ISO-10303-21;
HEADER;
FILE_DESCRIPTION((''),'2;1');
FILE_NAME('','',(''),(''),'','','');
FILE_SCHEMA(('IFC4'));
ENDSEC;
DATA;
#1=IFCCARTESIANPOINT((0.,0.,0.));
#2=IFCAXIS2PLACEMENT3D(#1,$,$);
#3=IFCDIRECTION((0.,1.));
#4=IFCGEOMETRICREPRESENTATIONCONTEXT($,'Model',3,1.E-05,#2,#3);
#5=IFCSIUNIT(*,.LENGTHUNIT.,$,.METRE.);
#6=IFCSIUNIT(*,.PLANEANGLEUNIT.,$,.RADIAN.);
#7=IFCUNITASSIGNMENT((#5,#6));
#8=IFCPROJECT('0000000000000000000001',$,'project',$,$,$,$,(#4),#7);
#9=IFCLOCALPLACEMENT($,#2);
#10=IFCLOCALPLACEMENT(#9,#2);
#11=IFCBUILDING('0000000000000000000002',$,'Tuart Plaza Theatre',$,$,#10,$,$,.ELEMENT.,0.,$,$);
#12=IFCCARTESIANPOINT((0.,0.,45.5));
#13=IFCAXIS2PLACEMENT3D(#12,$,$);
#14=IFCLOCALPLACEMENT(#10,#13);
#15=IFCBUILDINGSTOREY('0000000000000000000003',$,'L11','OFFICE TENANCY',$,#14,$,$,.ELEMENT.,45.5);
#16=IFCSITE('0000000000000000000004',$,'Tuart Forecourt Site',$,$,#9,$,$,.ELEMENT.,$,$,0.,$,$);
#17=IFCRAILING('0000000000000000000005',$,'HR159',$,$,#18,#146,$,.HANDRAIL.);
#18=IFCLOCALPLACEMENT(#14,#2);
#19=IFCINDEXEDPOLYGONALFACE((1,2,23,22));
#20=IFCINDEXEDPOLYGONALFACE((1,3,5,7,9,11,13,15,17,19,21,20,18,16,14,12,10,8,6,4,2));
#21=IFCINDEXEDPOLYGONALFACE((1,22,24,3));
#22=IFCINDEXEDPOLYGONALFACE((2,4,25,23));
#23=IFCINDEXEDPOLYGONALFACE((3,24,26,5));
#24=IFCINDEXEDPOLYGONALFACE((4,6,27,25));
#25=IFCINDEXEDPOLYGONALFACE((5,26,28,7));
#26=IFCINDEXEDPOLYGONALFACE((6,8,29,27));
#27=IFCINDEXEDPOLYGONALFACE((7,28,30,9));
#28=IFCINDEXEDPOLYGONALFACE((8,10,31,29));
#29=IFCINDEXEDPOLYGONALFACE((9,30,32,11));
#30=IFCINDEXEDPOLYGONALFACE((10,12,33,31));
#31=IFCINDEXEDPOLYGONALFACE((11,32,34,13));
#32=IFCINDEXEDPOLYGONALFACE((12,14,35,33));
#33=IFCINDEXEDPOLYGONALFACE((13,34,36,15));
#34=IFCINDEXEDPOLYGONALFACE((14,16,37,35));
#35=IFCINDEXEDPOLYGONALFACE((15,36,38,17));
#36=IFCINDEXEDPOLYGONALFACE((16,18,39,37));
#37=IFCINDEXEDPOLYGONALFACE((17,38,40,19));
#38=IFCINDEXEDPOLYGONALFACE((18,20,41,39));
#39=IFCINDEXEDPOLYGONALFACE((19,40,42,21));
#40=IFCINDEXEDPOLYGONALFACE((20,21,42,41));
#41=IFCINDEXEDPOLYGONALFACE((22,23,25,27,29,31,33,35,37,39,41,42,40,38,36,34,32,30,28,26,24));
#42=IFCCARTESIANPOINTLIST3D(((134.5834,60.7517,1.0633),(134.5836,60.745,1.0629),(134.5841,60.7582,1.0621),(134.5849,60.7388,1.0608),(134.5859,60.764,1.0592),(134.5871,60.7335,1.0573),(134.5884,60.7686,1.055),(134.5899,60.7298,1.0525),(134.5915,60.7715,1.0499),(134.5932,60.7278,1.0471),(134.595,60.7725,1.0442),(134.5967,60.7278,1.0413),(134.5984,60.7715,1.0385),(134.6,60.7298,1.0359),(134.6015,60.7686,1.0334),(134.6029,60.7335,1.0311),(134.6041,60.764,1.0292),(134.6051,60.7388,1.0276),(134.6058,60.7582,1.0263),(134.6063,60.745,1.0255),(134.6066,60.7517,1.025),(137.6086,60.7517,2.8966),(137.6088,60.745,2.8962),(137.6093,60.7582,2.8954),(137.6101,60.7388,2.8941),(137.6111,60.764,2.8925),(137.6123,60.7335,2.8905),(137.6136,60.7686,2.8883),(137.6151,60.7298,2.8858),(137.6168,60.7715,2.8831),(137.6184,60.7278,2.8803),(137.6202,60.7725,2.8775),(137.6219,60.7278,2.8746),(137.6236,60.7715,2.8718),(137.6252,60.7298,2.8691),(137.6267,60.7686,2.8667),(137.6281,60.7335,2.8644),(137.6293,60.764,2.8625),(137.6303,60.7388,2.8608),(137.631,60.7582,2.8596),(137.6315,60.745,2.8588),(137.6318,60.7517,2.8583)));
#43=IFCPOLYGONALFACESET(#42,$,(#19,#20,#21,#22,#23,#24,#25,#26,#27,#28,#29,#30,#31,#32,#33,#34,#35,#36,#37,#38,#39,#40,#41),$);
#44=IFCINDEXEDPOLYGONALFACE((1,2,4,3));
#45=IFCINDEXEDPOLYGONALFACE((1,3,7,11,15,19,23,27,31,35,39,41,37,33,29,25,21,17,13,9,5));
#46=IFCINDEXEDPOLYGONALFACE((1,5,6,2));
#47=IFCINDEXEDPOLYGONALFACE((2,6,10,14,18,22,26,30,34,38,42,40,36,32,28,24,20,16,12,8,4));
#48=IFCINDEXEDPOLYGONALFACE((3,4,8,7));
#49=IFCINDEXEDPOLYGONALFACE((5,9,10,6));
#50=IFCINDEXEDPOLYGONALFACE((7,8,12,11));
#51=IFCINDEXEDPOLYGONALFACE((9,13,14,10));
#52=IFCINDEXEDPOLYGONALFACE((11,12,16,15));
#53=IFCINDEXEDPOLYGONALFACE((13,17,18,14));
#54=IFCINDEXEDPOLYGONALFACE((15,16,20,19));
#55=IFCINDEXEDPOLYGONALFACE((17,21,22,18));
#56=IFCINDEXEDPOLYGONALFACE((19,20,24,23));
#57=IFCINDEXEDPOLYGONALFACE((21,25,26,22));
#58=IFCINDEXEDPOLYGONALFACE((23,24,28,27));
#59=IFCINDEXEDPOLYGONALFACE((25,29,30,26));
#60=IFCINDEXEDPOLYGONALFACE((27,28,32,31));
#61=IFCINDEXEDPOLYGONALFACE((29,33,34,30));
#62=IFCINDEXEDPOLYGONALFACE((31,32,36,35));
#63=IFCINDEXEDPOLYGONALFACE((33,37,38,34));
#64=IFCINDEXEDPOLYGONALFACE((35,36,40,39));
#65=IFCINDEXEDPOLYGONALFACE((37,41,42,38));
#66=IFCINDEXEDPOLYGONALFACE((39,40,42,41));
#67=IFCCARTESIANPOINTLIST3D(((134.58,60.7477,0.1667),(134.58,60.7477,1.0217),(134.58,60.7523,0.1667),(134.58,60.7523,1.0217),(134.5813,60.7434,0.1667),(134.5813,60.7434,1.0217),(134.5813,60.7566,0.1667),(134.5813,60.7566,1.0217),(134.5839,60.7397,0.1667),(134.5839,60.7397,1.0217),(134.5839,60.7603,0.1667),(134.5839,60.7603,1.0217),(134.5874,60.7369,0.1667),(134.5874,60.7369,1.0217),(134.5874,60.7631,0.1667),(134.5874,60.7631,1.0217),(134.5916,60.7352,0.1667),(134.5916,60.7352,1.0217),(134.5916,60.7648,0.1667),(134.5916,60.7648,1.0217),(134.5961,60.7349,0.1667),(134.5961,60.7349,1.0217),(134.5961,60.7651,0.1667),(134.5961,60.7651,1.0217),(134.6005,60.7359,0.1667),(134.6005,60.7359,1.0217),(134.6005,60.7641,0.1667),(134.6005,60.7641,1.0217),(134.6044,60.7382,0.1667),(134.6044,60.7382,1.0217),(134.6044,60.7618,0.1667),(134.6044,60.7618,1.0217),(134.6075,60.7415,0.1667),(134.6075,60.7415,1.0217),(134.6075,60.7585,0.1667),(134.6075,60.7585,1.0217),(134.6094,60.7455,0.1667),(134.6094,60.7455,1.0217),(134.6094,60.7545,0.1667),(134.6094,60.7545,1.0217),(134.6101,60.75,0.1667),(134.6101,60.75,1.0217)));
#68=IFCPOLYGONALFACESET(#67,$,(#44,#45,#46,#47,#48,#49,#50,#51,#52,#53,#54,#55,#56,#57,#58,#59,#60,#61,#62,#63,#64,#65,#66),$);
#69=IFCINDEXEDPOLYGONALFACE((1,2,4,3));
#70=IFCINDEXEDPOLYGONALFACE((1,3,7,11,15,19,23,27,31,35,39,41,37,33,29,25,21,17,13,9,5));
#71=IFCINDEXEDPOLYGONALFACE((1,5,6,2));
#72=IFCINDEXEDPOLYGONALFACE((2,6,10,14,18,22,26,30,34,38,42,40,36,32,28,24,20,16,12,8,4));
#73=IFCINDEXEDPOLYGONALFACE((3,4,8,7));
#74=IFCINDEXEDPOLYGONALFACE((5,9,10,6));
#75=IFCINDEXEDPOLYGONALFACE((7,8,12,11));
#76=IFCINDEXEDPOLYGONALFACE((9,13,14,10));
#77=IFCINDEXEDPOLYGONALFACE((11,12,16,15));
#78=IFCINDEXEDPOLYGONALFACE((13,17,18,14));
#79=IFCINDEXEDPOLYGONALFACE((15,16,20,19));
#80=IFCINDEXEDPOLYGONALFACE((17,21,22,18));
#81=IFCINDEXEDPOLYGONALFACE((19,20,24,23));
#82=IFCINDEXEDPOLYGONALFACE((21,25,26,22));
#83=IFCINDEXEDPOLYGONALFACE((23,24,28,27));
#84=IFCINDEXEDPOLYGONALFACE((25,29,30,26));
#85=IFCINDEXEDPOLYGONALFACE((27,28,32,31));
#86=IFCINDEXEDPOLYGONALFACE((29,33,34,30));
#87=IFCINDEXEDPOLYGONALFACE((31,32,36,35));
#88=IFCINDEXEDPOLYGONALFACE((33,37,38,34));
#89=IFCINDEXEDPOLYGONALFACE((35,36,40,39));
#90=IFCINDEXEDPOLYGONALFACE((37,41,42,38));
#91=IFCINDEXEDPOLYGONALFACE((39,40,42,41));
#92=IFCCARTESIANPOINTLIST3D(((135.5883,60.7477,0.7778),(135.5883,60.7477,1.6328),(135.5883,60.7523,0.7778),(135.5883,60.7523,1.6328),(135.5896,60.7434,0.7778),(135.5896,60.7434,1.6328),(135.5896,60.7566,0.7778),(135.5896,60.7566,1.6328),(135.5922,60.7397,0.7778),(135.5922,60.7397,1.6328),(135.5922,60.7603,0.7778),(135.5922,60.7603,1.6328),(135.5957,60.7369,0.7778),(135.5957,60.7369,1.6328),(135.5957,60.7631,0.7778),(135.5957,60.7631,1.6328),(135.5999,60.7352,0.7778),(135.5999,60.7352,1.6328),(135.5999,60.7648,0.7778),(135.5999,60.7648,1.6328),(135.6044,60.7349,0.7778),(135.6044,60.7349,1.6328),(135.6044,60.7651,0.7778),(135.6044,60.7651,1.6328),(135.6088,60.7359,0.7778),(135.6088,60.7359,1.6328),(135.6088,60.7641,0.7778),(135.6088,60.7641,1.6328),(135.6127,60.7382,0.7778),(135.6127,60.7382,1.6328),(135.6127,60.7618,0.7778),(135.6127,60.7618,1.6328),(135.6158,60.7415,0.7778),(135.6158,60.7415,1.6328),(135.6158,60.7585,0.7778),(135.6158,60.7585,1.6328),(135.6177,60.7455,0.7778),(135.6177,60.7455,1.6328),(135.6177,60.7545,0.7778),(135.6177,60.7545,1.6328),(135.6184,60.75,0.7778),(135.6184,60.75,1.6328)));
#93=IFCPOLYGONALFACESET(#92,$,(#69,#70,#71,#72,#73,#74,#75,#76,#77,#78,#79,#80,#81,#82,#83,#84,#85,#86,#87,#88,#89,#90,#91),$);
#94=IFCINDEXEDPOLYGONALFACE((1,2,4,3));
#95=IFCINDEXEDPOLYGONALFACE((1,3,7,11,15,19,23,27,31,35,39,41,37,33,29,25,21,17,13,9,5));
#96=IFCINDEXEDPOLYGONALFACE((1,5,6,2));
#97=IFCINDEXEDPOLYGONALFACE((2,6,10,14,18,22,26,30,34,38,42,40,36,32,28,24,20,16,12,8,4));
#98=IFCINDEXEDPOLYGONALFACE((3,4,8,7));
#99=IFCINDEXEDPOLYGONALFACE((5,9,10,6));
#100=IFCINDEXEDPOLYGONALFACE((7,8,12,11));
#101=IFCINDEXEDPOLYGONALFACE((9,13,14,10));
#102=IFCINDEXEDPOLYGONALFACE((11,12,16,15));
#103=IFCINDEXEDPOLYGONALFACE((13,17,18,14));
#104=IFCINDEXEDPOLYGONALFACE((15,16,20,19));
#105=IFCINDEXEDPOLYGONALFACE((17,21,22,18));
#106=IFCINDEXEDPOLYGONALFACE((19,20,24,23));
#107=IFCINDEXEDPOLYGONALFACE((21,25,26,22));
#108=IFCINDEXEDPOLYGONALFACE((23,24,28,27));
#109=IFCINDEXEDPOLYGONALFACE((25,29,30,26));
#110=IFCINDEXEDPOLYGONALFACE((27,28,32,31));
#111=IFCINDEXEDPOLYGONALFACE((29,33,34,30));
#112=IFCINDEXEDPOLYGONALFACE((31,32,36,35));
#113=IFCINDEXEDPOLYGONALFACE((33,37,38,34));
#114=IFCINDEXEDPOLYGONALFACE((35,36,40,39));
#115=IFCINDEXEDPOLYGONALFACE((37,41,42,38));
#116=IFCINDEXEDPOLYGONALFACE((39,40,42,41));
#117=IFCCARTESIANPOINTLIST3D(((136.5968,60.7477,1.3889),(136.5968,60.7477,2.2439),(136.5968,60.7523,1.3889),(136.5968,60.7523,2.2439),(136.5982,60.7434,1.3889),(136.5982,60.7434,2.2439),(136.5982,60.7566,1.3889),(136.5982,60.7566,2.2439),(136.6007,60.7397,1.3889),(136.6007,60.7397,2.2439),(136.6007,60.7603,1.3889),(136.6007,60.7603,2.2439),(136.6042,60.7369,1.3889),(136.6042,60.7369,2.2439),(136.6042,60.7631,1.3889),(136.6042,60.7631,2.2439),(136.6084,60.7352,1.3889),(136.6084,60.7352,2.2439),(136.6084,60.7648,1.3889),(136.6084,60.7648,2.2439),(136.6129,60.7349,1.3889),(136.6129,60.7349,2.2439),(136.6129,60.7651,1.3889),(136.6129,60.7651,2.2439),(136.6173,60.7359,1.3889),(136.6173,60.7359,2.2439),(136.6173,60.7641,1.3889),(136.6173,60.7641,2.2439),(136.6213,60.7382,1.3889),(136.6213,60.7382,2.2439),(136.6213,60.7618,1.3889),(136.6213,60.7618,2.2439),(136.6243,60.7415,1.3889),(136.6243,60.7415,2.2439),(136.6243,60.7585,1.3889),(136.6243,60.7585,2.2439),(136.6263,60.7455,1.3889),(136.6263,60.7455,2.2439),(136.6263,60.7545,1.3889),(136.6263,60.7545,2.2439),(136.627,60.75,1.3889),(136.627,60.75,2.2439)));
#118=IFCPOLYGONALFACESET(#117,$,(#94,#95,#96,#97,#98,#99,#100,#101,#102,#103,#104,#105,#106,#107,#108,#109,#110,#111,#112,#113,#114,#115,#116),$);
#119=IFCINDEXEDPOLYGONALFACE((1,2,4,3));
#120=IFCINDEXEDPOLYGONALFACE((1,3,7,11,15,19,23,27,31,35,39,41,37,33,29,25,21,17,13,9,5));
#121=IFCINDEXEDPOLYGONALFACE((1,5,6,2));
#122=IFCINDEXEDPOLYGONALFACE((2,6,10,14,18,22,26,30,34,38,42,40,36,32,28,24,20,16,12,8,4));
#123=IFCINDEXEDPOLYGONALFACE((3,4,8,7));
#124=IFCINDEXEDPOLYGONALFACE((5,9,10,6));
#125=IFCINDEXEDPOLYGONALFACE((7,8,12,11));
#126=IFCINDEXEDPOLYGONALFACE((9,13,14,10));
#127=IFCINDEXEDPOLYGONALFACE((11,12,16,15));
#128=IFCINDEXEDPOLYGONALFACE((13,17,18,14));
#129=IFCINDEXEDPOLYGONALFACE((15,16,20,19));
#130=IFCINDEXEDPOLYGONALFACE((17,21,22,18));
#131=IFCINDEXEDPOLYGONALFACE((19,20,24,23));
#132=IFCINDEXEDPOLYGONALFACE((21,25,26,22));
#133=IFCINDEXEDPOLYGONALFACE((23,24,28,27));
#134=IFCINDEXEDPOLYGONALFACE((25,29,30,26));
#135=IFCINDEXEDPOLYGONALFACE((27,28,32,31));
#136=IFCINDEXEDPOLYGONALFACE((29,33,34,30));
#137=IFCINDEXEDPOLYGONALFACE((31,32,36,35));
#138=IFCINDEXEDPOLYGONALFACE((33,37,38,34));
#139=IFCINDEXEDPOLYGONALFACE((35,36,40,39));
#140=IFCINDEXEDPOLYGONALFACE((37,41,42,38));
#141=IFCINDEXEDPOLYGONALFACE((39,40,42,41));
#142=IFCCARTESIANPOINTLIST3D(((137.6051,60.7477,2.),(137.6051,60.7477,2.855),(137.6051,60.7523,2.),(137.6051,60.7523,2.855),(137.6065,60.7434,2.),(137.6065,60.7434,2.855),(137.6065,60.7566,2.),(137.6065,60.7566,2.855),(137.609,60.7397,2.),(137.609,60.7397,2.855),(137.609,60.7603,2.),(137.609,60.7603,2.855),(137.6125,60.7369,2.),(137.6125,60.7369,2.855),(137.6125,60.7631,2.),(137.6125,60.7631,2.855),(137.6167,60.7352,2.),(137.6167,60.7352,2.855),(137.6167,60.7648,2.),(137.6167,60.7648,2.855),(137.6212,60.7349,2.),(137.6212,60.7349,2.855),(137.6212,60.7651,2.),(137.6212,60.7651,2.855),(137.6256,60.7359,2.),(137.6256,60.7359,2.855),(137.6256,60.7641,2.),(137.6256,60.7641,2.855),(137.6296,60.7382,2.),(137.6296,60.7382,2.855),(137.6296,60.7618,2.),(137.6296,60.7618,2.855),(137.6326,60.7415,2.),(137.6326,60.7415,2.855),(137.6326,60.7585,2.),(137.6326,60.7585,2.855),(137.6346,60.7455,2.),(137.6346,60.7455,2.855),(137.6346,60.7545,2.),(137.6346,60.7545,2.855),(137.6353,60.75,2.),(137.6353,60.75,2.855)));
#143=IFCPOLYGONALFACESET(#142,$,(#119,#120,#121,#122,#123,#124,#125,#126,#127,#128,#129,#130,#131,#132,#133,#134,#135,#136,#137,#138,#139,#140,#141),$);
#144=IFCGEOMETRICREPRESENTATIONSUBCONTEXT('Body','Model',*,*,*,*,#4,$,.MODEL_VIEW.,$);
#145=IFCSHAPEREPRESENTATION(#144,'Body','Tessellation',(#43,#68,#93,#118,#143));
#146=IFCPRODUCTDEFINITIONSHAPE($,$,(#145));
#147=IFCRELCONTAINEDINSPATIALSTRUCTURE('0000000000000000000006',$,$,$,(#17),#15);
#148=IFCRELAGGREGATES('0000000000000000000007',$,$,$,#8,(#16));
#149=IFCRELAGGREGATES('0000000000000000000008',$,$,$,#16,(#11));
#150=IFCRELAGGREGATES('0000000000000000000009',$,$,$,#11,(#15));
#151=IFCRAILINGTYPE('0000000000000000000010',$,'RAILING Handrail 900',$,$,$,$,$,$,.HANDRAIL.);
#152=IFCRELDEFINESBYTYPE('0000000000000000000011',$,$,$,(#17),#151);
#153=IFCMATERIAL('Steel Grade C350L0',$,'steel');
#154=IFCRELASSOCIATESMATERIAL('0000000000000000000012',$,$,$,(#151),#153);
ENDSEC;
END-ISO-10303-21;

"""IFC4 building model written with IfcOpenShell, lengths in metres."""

from ifc_helpers import new_model, si_unit, direction, frame, origin, origin_2d, place, context, subcontext, project, spatial, circle, extrude, material, type_object, element, save


model = new_model("IFC4")

# Units and contexts
model_context = context("Model", 3, precision=1e-05, world=origin(), true_north=direction((0.0, 1.0)))
body_context = subcontext(model_context, "Body", "Model", "MODEL_VIEW")
ifc_project = project(units=[si_unit("LENGTHUNIT", "METRE"), si_unit("PLANEANGLEUNIT", "RADIAN")], contexts=[model_context])

# Site, building, storey
site_placement = place(None, origin())
site = spatial("IfcSite", under=ifc_project, at=site_placement, Name="Tuart Forecourt Site", CompositionType="ELEMENT", RefElevation=0.0)
building_placement = place(site_placement, origin())
building = spatial("IfcBuilding", under=site, at=building_placement, Name="Tuart Plaza Theatre", CompositionType="ELEMENT", ElevationOfRefHeight=0.0)
storey_placement = place(building_placement, frame((0.0, 0.0, 45.5)))
storey = spatial("IfcBuildingStorey", under=building, at=storey_placement, Name="L11", Description="OFFICE TENANCY", CompositionType="ELEMENT", Elevation=45.5)

# Railing
ifc_material_1 = material(Name="Steel Grade C350L0", Category="steel")
railing_type_1 = type_object("IfcRailingType", Name="RAILING Handrail 900", PredefinedType="HANDRAIL", material=ifc_material_1)
for number, where, name in (
    (1, (134.595, 60.75, 0.1667), "HR159"),
):
    element("IfcRailing", number, at=place(storey_placement, frame(where)), inside=storey, type_object=railing_type_1, Name=name, PredefinedType="HANDRAIL", context=body_context, shape_type="SweptSolid", body=[
        extrude(circle(Radius=0.0225, at=origin_2d()), frame((0.0, 0.0, 0.8774), z_axis=(0.855219, 0.0, 0.518267), x_axis=(0.0, 1.0, 0.0)), (0.0, 0.0, 1.0), 3.5374),
        extrude(circle(Radius=0.0151, at=origin_2d()), origin(), (0.0, 0.0, 1.0), 0.855),
        extrude(circle(Radius=0.0151, at=origin_2d()), frame((1.0083, 0.0, 0.6111)), (0.0, 0.0, 1.0), 0.855),
        extrude(circle(Radius=0.0151, at=origin_2d()), frame((2.0168, 0.0, 1.2222)), (0.0, 0.0, 1.0), 0.855),
        extrude(circle(Radius=0.0151, at=origin_2d()), frame((3.0251, 0.0, 1.8333)), (0.0, 0.0, 1.0), 0.855),
    ])

save(model, "model.ifc")
